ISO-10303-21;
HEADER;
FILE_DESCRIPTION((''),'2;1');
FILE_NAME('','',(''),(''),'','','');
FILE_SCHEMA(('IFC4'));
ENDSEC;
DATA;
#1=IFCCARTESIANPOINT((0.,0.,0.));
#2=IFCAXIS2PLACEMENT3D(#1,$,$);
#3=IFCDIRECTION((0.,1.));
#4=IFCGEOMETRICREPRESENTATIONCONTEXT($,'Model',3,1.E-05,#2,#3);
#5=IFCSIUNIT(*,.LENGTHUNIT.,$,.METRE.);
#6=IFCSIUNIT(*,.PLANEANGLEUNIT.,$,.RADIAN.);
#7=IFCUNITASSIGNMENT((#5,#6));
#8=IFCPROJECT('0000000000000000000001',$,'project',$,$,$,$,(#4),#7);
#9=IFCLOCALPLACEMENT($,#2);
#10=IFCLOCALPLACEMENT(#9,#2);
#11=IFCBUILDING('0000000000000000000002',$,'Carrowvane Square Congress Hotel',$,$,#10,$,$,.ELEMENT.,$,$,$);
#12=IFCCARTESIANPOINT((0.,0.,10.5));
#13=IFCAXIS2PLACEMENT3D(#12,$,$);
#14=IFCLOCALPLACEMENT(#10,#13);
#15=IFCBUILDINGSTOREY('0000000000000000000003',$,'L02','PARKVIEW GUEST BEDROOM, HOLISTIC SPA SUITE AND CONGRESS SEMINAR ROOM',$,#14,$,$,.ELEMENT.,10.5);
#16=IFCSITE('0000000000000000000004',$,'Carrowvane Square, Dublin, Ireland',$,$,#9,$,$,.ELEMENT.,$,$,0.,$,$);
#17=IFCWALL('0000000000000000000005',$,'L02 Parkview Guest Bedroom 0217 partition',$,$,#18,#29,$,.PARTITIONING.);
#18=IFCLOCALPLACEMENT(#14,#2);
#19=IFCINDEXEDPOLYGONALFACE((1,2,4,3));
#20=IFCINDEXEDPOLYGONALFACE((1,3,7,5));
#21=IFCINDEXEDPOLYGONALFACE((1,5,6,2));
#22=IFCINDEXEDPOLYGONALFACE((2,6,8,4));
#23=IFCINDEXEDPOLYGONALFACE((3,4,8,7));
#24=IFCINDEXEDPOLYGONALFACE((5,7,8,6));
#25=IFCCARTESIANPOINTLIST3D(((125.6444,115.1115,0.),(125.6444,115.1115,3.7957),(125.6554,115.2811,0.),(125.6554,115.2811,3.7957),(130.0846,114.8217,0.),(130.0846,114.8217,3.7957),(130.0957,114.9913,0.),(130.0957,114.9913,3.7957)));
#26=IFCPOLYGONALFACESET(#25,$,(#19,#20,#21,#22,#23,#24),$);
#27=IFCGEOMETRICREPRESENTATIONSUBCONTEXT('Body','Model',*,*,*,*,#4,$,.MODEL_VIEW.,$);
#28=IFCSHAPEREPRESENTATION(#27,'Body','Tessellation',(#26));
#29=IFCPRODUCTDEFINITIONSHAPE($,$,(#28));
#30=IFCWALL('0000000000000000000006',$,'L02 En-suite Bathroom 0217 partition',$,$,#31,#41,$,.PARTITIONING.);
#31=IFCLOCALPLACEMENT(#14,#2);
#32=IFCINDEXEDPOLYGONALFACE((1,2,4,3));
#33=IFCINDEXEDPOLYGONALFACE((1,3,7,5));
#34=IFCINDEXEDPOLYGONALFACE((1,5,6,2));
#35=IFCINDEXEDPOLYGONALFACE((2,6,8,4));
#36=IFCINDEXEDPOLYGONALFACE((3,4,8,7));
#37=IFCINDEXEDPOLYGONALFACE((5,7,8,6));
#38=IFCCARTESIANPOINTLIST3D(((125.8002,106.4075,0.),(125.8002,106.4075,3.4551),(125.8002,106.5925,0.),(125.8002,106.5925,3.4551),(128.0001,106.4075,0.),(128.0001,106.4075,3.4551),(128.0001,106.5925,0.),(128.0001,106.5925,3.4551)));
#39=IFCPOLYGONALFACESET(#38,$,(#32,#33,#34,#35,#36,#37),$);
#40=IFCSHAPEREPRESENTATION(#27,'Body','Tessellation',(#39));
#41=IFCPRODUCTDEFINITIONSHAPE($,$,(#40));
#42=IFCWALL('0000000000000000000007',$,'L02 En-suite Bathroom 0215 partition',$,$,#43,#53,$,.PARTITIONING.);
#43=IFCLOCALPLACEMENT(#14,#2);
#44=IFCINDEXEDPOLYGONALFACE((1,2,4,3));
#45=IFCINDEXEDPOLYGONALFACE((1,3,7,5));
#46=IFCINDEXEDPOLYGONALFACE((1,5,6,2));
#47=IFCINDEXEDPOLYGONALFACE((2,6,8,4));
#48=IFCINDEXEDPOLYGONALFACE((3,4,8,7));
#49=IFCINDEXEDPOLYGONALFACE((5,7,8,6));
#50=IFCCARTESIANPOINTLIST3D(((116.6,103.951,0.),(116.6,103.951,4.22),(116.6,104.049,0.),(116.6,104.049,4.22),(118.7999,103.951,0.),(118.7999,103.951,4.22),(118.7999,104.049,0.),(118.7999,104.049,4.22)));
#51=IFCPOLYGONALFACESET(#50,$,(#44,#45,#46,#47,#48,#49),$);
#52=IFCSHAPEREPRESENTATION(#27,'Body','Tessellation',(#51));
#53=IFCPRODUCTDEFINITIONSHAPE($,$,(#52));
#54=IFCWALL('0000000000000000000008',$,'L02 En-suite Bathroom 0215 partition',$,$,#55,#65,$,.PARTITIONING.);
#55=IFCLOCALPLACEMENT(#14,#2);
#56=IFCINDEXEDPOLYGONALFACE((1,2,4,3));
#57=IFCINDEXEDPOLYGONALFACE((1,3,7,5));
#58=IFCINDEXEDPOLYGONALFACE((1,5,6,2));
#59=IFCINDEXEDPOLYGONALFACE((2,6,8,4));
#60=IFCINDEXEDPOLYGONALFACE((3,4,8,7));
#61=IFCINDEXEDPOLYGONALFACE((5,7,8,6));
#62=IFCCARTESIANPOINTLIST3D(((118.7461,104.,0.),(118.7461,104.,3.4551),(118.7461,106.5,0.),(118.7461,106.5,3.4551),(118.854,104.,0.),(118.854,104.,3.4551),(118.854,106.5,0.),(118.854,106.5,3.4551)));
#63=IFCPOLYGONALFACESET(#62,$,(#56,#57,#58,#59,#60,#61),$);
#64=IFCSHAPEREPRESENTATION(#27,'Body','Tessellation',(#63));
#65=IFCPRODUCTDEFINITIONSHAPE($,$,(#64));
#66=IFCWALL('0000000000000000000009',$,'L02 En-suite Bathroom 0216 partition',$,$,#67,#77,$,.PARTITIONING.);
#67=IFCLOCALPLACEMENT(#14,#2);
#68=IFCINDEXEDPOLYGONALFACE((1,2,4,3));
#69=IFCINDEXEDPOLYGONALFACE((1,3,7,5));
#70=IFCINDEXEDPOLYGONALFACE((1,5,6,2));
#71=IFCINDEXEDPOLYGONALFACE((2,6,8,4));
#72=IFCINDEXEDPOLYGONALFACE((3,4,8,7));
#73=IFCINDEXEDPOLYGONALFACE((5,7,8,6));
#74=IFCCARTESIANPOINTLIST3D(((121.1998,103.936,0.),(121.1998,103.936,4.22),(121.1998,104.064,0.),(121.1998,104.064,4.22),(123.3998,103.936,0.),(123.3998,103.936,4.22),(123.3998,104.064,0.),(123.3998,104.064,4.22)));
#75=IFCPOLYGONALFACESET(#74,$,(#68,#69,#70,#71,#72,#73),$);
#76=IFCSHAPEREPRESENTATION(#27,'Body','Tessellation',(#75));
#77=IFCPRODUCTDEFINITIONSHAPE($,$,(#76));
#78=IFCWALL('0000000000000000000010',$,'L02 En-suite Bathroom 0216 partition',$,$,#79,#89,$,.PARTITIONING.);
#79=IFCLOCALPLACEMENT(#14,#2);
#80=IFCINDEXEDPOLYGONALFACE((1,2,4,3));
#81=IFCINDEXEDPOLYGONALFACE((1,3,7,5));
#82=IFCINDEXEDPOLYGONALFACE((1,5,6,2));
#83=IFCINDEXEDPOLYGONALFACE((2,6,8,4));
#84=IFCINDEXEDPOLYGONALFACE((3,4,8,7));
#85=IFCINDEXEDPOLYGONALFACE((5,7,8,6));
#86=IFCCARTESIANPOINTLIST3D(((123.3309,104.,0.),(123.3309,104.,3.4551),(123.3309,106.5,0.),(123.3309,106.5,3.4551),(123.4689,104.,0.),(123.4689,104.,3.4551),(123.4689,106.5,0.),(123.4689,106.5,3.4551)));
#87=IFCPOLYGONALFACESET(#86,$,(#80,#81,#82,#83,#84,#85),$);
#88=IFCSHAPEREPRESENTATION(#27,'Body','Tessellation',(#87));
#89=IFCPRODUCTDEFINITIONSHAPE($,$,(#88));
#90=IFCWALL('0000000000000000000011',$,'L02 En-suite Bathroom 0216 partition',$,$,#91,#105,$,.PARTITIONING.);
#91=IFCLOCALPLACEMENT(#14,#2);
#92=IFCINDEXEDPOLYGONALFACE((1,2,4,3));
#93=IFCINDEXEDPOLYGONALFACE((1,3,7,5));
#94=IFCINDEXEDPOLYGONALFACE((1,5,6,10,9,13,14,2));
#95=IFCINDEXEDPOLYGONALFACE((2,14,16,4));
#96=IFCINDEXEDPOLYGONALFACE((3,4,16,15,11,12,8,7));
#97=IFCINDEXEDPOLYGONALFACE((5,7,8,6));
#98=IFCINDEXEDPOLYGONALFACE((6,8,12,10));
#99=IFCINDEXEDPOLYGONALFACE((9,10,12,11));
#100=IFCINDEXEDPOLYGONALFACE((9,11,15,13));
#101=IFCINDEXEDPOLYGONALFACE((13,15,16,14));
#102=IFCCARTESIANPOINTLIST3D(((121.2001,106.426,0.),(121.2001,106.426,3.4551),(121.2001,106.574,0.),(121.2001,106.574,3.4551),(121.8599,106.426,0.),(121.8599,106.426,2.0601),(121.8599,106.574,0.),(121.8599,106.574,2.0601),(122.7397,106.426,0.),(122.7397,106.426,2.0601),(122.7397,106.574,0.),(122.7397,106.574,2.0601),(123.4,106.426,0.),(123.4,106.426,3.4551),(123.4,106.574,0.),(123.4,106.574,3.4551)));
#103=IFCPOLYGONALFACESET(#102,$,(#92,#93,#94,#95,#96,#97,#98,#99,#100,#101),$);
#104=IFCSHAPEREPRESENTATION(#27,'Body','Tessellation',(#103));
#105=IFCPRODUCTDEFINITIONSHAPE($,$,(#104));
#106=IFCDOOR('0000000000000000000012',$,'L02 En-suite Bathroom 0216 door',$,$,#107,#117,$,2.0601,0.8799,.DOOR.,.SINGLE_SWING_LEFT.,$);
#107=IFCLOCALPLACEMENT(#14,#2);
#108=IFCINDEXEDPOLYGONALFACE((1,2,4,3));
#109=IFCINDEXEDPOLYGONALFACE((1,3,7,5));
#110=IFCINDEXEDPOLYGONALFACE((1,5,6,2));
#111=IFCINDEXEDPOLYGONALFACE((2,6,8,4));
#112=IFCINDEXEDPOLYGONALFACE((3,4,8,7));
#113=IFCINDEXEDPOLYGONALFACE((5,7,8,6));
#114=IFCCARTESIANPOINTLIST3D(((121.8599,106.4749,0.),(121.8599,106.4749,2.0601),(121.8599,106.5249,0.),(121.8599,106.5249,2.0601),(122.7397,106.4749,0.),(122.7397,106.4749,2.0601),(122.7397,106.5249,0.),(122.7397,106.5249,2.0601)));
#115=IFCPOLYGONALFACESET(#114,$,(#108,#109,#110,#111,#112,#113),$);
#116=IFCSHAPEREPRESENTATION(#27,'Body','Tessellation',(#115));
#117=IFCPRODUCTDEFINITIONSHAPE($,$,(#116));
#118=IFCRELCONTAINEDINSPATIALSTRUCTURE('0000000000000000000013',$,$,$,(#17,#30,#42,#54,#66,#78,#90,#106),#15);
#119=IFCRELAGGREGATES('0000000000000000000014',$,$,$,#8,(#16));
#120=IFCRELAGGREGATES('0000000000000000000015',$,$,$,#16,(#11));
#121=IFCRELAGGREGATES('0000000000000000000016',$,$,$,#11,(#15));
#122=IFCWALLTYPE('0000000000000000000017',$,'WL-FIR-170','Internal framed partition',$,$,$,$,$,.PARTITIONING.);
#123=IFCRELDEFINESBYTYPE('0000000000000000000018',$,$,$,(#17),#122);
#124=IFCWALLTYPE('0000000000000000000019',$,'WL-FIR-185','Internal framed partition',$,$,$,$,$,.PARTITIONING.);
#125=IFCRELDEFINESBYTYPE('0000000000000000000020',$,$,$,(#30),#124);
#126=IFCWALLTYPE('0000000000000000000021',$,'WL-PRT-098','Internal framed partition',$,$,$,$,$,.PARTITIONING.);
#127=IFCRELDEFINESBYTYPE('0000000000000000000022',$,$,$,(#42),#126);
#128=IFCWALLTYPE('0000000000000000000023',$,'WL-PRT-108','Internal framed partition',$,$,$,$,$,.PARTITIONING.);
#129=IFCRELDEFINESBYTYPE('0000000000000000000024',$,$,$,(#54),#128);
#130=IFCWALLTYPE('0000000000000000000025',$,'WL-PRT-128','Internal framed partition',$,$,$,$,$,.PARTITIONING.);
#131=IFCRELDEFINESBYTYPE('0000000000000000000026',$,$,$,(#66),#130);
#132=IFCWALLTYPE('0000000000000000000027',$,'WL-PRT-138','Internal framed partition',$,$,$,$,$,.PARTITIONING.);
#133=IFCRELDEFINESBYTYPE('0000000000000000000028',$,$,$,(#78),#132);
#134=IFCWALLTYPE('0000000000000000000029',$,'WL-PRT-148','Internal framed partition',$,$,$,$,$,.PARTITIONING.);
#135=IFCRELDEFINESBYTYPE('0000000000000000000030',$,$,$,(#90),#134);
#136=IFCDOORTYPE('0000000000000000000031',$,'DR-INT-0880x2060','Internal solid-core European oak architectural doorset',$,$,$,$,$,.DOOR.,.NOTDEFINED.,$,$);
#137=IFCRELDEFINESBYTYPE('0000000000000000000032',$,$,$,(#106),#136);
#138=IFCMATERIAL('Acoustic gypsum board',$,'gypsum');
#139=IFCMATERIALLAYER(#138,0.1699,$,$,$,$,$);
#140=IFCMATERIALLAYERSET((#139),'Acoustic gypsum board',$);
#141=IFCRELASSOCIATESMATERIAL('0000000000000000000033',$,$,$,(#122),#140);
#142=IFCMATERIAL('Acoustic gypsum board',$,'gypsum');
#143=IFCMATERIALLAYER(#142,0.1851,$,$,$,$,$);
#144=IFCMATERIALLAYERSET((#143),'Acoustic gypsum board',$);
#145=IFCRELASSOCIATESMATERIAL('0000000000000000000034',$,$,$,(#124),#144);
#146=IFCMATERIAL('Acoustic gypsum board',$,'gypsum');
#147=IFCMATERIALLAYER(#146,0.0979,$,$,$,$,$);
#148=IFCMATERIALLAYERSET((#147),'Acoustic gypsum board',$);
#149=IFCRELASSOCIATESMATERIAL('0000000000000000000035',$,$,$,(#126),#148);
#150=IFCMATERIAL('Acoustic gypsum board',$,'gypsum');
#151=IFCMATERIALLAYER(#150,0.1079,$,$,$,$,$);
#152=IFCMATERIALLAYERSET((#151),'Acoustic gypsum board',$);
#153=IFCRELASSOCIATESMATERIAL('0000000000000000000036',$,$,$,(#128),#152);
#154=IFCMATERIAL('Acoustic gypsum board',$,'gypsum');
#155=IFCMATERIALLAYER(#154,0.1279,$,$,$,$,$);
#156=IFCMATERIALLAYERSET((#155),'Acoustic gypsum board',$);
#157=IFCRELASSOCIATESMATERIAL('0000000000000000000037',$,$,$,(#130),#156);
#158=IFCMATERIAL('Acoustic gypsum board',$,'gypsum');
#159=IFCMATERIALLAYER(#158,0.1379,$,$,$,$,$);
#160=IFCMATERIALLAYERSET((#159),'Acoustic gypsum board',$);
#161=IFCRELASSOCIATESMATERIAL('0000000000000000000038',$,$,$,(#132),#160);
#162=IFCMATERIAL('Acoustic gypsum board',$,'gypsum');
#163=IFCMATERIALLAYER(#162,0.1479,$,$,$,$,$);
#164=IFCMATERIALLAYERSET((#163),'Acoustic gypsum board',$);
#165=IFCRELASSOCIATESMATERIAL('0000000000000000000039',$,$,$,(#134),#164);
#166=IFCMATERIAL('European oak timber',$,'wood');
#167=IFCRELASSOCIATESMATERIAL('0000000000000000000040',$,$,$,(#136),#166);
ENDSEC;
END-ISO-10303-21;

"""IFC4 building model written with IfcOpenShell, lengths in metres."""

from ifc_helpers import new_model, si_unit, direction, frame, frame_2d, origin, place, context, subcontext, project, spatial, rectangle, extrude, material, layer, layer_set, type_object, element, fill, save


model = new_model("IFC4")

# Units and contexts
model_context = context("Model", 3, precision=1e-05, world=origin(), true_north=direction((0.0, 1.0)))
body_context = subcontext(model_context, "Body", "Model", "MODEL_VIEW")
ifc_project = project(units=[si_unit("LENGTHUNIT", "METRE"), si_unit("PLANEANGLEUNIT", "RADIAN")], contexts=[model_context])

# Site, building, storey
site_placement = place(None, origin())
site = spatial("IfcSite", under=ifc_project, at=site_placement, Name="Carrowvane Square, Dublin, Ireland", CompositionType="ELEMENT", RefElevation=0.0)
building_placement = place(site_placement, origin())
building = spatial("IfcBuilding", under=site, at=building_placement, Name="Carrowvane Square Congress Hotel", CompositionType="ELEMENT")
storey_placement = place(building_placement, frame((0.0, 0.0, 10.5)))
storey = spatial("IfcBuildingStorey", under=building, at=storey_placement, Name="L02", Description="PARKVIEW GUEST BEDROOM, HOLISTIC SPA SUITE AND CONGRESS SEMINAR ROOM", CompositionType="ELEMENT", Elevation=10.5)

# Shared definitions
ifc_material_1 = material(Name="Acoustic gypsum board", Category="gypsum")
ifc_layer_1 = layer(ifc_material_1, 0.1699)
ifc_layer_set_1 = layer_set([ifc_layer_1], Name="Acoustic gypsum board")
wall_type_1 = type_object("IfcWallType", Name="WL-FIR-170", Description="Internal framed partition", PredefinedType="PARTITIONING", material=ifc_layer_set_1)

# Walls
wall_1_placement = place(storey_placement, frame((125.6499, 115.1963, 0.0), z_axis=(0.0, 0.0, 1.0), x_axis=(0.997877, -0.065128, 0.0)))
element("IfcWall", 1, at=wall_1_placement, inside=storey, type_object=wall_type_1, Name="L02 Parkview Guest Bedroom 0217 partition", PredefinedType="PARTITIONING", context=body_context, shape_type="SweptSolid", body=[
    extrude(rectangle(XDim=4.4497, YDim=0.1699, at=frame_2d((2.2249, 0.0))), origin(), (0.0, 0.0, 1.0), 3.7957),
])
ifc_material_2 = material(Name="Acoustic gypsum board", Category="gypsum")
ifc_layer_2 = layer(ifc_material_2, 0.1851)
ifc_layer_set_2 = layer_set([ifc_layer_2], Name="Acoustic gypsum board")
wall_type_2 = type_object("IfcWallType", Name="WL-FIR-185", Description="Internal framed partition", PredefinedType="PARTITIONING", material=ifc_layer_set_2)
wall_2_placement = place(storey_placement, frame((125.8, 106.5, 0.0), z_axis=(0.0, 0.0, 1.0), x_axis=(1.0, 0.0, 0.0)))
element("IfcWall", 2, at=wall_2_placement, inside=storey, type_object=wall_type_2, Name="L02 En-suite Bathroom 0217 partition", PredefinedType="PARTITIONING", context=body_context, shape_type="SweptSolid", body=[
    extrude(rectangle(XDim=2.2, YDim=0.1851, at=frame_2d((1.1001, 0.0))), origin(), (0.0, 0.0, 1.0), 3.4551),
])
ifc_material_3 = material(Name="Acoustic gypsum board", Category="gypsum")
ifc_layer_3 = layer(ifc_material_3, 0.0979)
ifc_layer_set_3 = layer_set([ifc_layer_3], Name="Acoustic gypsum board")
wall_type_3 = type_object("IfcWallType", Name="WL-PRT-098", Description="Internal framed partition", PredefinedType="PARTITIONING", material=ifc_layer_set_3)
wall_3_placement = place(storey_placement, frame((118.8, 104.0, 0.0), z_axis=(0.0, 0.0, 1.0), x_axis=(-1.0, 0.0, 0.0)))
element("IfcWall", 3, at=wall_3_placement, inside=storey, type_object=wall_type_3, Name="L02 En-suite Bathroom 0215 partition", PredefinedType="PARTITIONING", context=body_context, shape_type="SweptSolid", body=[
    extrude(rectangle(XDim=2.2, YDim=0.0979, at=frame_2d((1.1001, 0.0))), origin(), (0.0, 0.0, 1.0), 4.22),
])
ifc_material_4 = material(Name="Acoustic gypsum board", Category="gypsum")
ifc_layer_4 = layer(ifc_material_4, 0.1079)
ifc_layer_set_4 = layer_set([ifc_layer_4], Name="Acoustic gypsum board")
wall_type_4 = type_object("IfcWallType", Name="WL-PRT-108", Description="Internal framed partition", PredefinedType="PARTITIONING", material=ifc_layer_set_4)
wall_4_placement = place(storey_placement, frame((118.8, 106.5, 0.0), z_axis=(0.0, 0.0, 1.0), x_axis=(0.0, -1.0, 0.0)))
element("IfcWall", 4, at=wall_4_placement, inside=storey, type_object=wall_type_4, Name="L02 En-suite Bathroom 0215 partition", PredefinedType="PARTITIONING", context=body_context, shape_type="SweptSolid", body=[
    extrude(rectangle(XDim=2.5, YDim=0.1079, at=frame_2d((1.25, 0.0))), origin(), (0.0, 0.0, 1.0), 3.4551),
])
ifc_material_5 = material(Name="Acoustic gypsum board", Category="gypsum")
ifc_layer_5 = layer(ifc_material_5, 0.1279)
ifc_layer_set_5 = layer_set([ifc_layer_5], Name="Acoustic gypsum board")
wall_type_5 = type_object("IfcWallType", Name="WL-PRT-128", Description="Internal framed partition", PredefinedType="PARTITIONING", material=ifc_layer_set_5)
wall_5_placement = place(storey_placement, frame((123.3999, 104.0, 0.0), z_axis=(0.0, 0.0, 1.0), x_axis=(-1.0, 0.0, 0.0)))
element("IfcWall", 5, at=wall_5_placement, inside=storey, type_object=wall_type_5, Name="L02 En-suite Bathroom 0216 partition", PredefinedType="PARTITIONING", context=body_context, shape_type="SweptSolid", body=[
    extrude(rectangle(XDim=2.2, YDim=0.1279, at=frame_2d((1.1001, 0.0))), origin(), (0.0, 0.0, 1.0), 4.22),
])
ifc_material_6 = material(Name="Acoustic gypsum board", Category="gypsum")
ifc_layer_6 = layer(ifc_material_6, 0.1379)
ifc_layer_set_6 = layer_set([ifc_layer_6], Name="Acoustic gypsum board")
wall_type_6 = type_object("IfcWallType", Name="WL-PRT-138", Description="Internal framed partition", PredefinedType="PARTITIONING", material=ifc_layer_set_6)
wall_6_placement = place(storey_placement, frame((123.3999, 106.5, 0.0), z_axis=(0.0, 0.0, 1.0), x_axis=(0.0, -1.0, 0.0)))
element("IfcWall", 6, at=wall_6_placement, inside=storey, type_object=wall_type_6, Name="L02 En-suite Bathroom 0216 partition", PredefinedType="PARTITIONING", context=body_context, shape_type="SweptSolid", body=[
    extrude(rectangle(XDim=2.5, YDim=0.1379, at=frame_2d((1.25, 0.0))), origin(), (0.0, 0.0, 1.0), 3.4551),
])

# Wall, opening, door
ifc_material_7 = material(Name="Acoustic gypsum board", Category="gypsum")
ifc_layer_7 = layer(ifc_material_7, 0.1479)
ifc_layer_set_7 = layer_set([ifc_layer_7], Name="Acoustic gypsum board")
wall_type_7 = type_object("IfcWallType", Name="WL-PRT-148", Description="Internal framed partition", PredefinedType="PARTITIONING", material=ifc_layer_set_7)
wall_7_placement = place(storey_placement, frame((121.2, 106.5, 0.0), z_axis=(0.0, 0.0, 1.0), x_axis=(1.0, 0.0, 0.0)))
wall_7 = element("IfcWall", 7, at=wall_7_placement, inside=storey, type_object=wall_type_7, Name="L02 En-suite Bathroom 0216 partition", PredefinedType="PARTITIONING", context=body_context, shape_type="SweptSolid", body=[
    extrude(rectangle(XDim=2.2, YDim=0.1479, at=frame_2d((1.1001, 0.0))), origin(), (0.0, 0.0, 1.0), 3.4551),
])
opening_1_placement = place(wall_7_placement, frame((0.6599, 0.0, 0.0)))
opening_1 = element("IfcOpeningElement", 8, at=opening_1_placement, cuts=wall_7, PredefinedType="OPENING", context=body_context, shape_type="SweptSolid", body=[
    extrude(rectangle(XDim=0.8799, YDim=2.0601, at=frame_2d((0.4399, 1.03))), frame((0.0, 0.084, 0.0), z_axis=(0.0, -1.0, 0.0), x_axis=(1.0, 0.0, 0.0)), (0.0, 0.0, 1.0), 0.168),
])
ifc_material_8 = material(Name="European oak timber", Category="wood")
door_type_1 = type_object("IfcDoorType", Name="DR-INT-0880x2060", Description="Internal solid-core European oak architectural doorset", OperationType="NOTDEFINED", PredefinedType="DOOR", material=ifc_material_8)
door_1_placement = place(opening_1_placement, origin())
door_1 = element("IfcDoor", 9, at=door_1_placement, inside=storey, type_object=door_type_1, Name="L02 En-suite Bathroom 0216 door", OperationType="SINGLE_SWING_LEFT", OverallHeight=2.0601, OverallWidth=0.8799, PredefinedType="DOOR", context=body_context, shape_type="SweptSolid", body=[
    extrude(rectangle(XDim=0.8799, YDim=2.0601, at=frame_2d((0.4399, 1.03))), frame((0.0, 0.0249, 0.0), z_axis=(0.0, -1.0, 0.0), x_axis=(1.0, 0.0, 0.0)), (0.0, 0.0, 1.0), 0.05),
])
fill(opening_1, door_1)

save(model, "model.ifc")
